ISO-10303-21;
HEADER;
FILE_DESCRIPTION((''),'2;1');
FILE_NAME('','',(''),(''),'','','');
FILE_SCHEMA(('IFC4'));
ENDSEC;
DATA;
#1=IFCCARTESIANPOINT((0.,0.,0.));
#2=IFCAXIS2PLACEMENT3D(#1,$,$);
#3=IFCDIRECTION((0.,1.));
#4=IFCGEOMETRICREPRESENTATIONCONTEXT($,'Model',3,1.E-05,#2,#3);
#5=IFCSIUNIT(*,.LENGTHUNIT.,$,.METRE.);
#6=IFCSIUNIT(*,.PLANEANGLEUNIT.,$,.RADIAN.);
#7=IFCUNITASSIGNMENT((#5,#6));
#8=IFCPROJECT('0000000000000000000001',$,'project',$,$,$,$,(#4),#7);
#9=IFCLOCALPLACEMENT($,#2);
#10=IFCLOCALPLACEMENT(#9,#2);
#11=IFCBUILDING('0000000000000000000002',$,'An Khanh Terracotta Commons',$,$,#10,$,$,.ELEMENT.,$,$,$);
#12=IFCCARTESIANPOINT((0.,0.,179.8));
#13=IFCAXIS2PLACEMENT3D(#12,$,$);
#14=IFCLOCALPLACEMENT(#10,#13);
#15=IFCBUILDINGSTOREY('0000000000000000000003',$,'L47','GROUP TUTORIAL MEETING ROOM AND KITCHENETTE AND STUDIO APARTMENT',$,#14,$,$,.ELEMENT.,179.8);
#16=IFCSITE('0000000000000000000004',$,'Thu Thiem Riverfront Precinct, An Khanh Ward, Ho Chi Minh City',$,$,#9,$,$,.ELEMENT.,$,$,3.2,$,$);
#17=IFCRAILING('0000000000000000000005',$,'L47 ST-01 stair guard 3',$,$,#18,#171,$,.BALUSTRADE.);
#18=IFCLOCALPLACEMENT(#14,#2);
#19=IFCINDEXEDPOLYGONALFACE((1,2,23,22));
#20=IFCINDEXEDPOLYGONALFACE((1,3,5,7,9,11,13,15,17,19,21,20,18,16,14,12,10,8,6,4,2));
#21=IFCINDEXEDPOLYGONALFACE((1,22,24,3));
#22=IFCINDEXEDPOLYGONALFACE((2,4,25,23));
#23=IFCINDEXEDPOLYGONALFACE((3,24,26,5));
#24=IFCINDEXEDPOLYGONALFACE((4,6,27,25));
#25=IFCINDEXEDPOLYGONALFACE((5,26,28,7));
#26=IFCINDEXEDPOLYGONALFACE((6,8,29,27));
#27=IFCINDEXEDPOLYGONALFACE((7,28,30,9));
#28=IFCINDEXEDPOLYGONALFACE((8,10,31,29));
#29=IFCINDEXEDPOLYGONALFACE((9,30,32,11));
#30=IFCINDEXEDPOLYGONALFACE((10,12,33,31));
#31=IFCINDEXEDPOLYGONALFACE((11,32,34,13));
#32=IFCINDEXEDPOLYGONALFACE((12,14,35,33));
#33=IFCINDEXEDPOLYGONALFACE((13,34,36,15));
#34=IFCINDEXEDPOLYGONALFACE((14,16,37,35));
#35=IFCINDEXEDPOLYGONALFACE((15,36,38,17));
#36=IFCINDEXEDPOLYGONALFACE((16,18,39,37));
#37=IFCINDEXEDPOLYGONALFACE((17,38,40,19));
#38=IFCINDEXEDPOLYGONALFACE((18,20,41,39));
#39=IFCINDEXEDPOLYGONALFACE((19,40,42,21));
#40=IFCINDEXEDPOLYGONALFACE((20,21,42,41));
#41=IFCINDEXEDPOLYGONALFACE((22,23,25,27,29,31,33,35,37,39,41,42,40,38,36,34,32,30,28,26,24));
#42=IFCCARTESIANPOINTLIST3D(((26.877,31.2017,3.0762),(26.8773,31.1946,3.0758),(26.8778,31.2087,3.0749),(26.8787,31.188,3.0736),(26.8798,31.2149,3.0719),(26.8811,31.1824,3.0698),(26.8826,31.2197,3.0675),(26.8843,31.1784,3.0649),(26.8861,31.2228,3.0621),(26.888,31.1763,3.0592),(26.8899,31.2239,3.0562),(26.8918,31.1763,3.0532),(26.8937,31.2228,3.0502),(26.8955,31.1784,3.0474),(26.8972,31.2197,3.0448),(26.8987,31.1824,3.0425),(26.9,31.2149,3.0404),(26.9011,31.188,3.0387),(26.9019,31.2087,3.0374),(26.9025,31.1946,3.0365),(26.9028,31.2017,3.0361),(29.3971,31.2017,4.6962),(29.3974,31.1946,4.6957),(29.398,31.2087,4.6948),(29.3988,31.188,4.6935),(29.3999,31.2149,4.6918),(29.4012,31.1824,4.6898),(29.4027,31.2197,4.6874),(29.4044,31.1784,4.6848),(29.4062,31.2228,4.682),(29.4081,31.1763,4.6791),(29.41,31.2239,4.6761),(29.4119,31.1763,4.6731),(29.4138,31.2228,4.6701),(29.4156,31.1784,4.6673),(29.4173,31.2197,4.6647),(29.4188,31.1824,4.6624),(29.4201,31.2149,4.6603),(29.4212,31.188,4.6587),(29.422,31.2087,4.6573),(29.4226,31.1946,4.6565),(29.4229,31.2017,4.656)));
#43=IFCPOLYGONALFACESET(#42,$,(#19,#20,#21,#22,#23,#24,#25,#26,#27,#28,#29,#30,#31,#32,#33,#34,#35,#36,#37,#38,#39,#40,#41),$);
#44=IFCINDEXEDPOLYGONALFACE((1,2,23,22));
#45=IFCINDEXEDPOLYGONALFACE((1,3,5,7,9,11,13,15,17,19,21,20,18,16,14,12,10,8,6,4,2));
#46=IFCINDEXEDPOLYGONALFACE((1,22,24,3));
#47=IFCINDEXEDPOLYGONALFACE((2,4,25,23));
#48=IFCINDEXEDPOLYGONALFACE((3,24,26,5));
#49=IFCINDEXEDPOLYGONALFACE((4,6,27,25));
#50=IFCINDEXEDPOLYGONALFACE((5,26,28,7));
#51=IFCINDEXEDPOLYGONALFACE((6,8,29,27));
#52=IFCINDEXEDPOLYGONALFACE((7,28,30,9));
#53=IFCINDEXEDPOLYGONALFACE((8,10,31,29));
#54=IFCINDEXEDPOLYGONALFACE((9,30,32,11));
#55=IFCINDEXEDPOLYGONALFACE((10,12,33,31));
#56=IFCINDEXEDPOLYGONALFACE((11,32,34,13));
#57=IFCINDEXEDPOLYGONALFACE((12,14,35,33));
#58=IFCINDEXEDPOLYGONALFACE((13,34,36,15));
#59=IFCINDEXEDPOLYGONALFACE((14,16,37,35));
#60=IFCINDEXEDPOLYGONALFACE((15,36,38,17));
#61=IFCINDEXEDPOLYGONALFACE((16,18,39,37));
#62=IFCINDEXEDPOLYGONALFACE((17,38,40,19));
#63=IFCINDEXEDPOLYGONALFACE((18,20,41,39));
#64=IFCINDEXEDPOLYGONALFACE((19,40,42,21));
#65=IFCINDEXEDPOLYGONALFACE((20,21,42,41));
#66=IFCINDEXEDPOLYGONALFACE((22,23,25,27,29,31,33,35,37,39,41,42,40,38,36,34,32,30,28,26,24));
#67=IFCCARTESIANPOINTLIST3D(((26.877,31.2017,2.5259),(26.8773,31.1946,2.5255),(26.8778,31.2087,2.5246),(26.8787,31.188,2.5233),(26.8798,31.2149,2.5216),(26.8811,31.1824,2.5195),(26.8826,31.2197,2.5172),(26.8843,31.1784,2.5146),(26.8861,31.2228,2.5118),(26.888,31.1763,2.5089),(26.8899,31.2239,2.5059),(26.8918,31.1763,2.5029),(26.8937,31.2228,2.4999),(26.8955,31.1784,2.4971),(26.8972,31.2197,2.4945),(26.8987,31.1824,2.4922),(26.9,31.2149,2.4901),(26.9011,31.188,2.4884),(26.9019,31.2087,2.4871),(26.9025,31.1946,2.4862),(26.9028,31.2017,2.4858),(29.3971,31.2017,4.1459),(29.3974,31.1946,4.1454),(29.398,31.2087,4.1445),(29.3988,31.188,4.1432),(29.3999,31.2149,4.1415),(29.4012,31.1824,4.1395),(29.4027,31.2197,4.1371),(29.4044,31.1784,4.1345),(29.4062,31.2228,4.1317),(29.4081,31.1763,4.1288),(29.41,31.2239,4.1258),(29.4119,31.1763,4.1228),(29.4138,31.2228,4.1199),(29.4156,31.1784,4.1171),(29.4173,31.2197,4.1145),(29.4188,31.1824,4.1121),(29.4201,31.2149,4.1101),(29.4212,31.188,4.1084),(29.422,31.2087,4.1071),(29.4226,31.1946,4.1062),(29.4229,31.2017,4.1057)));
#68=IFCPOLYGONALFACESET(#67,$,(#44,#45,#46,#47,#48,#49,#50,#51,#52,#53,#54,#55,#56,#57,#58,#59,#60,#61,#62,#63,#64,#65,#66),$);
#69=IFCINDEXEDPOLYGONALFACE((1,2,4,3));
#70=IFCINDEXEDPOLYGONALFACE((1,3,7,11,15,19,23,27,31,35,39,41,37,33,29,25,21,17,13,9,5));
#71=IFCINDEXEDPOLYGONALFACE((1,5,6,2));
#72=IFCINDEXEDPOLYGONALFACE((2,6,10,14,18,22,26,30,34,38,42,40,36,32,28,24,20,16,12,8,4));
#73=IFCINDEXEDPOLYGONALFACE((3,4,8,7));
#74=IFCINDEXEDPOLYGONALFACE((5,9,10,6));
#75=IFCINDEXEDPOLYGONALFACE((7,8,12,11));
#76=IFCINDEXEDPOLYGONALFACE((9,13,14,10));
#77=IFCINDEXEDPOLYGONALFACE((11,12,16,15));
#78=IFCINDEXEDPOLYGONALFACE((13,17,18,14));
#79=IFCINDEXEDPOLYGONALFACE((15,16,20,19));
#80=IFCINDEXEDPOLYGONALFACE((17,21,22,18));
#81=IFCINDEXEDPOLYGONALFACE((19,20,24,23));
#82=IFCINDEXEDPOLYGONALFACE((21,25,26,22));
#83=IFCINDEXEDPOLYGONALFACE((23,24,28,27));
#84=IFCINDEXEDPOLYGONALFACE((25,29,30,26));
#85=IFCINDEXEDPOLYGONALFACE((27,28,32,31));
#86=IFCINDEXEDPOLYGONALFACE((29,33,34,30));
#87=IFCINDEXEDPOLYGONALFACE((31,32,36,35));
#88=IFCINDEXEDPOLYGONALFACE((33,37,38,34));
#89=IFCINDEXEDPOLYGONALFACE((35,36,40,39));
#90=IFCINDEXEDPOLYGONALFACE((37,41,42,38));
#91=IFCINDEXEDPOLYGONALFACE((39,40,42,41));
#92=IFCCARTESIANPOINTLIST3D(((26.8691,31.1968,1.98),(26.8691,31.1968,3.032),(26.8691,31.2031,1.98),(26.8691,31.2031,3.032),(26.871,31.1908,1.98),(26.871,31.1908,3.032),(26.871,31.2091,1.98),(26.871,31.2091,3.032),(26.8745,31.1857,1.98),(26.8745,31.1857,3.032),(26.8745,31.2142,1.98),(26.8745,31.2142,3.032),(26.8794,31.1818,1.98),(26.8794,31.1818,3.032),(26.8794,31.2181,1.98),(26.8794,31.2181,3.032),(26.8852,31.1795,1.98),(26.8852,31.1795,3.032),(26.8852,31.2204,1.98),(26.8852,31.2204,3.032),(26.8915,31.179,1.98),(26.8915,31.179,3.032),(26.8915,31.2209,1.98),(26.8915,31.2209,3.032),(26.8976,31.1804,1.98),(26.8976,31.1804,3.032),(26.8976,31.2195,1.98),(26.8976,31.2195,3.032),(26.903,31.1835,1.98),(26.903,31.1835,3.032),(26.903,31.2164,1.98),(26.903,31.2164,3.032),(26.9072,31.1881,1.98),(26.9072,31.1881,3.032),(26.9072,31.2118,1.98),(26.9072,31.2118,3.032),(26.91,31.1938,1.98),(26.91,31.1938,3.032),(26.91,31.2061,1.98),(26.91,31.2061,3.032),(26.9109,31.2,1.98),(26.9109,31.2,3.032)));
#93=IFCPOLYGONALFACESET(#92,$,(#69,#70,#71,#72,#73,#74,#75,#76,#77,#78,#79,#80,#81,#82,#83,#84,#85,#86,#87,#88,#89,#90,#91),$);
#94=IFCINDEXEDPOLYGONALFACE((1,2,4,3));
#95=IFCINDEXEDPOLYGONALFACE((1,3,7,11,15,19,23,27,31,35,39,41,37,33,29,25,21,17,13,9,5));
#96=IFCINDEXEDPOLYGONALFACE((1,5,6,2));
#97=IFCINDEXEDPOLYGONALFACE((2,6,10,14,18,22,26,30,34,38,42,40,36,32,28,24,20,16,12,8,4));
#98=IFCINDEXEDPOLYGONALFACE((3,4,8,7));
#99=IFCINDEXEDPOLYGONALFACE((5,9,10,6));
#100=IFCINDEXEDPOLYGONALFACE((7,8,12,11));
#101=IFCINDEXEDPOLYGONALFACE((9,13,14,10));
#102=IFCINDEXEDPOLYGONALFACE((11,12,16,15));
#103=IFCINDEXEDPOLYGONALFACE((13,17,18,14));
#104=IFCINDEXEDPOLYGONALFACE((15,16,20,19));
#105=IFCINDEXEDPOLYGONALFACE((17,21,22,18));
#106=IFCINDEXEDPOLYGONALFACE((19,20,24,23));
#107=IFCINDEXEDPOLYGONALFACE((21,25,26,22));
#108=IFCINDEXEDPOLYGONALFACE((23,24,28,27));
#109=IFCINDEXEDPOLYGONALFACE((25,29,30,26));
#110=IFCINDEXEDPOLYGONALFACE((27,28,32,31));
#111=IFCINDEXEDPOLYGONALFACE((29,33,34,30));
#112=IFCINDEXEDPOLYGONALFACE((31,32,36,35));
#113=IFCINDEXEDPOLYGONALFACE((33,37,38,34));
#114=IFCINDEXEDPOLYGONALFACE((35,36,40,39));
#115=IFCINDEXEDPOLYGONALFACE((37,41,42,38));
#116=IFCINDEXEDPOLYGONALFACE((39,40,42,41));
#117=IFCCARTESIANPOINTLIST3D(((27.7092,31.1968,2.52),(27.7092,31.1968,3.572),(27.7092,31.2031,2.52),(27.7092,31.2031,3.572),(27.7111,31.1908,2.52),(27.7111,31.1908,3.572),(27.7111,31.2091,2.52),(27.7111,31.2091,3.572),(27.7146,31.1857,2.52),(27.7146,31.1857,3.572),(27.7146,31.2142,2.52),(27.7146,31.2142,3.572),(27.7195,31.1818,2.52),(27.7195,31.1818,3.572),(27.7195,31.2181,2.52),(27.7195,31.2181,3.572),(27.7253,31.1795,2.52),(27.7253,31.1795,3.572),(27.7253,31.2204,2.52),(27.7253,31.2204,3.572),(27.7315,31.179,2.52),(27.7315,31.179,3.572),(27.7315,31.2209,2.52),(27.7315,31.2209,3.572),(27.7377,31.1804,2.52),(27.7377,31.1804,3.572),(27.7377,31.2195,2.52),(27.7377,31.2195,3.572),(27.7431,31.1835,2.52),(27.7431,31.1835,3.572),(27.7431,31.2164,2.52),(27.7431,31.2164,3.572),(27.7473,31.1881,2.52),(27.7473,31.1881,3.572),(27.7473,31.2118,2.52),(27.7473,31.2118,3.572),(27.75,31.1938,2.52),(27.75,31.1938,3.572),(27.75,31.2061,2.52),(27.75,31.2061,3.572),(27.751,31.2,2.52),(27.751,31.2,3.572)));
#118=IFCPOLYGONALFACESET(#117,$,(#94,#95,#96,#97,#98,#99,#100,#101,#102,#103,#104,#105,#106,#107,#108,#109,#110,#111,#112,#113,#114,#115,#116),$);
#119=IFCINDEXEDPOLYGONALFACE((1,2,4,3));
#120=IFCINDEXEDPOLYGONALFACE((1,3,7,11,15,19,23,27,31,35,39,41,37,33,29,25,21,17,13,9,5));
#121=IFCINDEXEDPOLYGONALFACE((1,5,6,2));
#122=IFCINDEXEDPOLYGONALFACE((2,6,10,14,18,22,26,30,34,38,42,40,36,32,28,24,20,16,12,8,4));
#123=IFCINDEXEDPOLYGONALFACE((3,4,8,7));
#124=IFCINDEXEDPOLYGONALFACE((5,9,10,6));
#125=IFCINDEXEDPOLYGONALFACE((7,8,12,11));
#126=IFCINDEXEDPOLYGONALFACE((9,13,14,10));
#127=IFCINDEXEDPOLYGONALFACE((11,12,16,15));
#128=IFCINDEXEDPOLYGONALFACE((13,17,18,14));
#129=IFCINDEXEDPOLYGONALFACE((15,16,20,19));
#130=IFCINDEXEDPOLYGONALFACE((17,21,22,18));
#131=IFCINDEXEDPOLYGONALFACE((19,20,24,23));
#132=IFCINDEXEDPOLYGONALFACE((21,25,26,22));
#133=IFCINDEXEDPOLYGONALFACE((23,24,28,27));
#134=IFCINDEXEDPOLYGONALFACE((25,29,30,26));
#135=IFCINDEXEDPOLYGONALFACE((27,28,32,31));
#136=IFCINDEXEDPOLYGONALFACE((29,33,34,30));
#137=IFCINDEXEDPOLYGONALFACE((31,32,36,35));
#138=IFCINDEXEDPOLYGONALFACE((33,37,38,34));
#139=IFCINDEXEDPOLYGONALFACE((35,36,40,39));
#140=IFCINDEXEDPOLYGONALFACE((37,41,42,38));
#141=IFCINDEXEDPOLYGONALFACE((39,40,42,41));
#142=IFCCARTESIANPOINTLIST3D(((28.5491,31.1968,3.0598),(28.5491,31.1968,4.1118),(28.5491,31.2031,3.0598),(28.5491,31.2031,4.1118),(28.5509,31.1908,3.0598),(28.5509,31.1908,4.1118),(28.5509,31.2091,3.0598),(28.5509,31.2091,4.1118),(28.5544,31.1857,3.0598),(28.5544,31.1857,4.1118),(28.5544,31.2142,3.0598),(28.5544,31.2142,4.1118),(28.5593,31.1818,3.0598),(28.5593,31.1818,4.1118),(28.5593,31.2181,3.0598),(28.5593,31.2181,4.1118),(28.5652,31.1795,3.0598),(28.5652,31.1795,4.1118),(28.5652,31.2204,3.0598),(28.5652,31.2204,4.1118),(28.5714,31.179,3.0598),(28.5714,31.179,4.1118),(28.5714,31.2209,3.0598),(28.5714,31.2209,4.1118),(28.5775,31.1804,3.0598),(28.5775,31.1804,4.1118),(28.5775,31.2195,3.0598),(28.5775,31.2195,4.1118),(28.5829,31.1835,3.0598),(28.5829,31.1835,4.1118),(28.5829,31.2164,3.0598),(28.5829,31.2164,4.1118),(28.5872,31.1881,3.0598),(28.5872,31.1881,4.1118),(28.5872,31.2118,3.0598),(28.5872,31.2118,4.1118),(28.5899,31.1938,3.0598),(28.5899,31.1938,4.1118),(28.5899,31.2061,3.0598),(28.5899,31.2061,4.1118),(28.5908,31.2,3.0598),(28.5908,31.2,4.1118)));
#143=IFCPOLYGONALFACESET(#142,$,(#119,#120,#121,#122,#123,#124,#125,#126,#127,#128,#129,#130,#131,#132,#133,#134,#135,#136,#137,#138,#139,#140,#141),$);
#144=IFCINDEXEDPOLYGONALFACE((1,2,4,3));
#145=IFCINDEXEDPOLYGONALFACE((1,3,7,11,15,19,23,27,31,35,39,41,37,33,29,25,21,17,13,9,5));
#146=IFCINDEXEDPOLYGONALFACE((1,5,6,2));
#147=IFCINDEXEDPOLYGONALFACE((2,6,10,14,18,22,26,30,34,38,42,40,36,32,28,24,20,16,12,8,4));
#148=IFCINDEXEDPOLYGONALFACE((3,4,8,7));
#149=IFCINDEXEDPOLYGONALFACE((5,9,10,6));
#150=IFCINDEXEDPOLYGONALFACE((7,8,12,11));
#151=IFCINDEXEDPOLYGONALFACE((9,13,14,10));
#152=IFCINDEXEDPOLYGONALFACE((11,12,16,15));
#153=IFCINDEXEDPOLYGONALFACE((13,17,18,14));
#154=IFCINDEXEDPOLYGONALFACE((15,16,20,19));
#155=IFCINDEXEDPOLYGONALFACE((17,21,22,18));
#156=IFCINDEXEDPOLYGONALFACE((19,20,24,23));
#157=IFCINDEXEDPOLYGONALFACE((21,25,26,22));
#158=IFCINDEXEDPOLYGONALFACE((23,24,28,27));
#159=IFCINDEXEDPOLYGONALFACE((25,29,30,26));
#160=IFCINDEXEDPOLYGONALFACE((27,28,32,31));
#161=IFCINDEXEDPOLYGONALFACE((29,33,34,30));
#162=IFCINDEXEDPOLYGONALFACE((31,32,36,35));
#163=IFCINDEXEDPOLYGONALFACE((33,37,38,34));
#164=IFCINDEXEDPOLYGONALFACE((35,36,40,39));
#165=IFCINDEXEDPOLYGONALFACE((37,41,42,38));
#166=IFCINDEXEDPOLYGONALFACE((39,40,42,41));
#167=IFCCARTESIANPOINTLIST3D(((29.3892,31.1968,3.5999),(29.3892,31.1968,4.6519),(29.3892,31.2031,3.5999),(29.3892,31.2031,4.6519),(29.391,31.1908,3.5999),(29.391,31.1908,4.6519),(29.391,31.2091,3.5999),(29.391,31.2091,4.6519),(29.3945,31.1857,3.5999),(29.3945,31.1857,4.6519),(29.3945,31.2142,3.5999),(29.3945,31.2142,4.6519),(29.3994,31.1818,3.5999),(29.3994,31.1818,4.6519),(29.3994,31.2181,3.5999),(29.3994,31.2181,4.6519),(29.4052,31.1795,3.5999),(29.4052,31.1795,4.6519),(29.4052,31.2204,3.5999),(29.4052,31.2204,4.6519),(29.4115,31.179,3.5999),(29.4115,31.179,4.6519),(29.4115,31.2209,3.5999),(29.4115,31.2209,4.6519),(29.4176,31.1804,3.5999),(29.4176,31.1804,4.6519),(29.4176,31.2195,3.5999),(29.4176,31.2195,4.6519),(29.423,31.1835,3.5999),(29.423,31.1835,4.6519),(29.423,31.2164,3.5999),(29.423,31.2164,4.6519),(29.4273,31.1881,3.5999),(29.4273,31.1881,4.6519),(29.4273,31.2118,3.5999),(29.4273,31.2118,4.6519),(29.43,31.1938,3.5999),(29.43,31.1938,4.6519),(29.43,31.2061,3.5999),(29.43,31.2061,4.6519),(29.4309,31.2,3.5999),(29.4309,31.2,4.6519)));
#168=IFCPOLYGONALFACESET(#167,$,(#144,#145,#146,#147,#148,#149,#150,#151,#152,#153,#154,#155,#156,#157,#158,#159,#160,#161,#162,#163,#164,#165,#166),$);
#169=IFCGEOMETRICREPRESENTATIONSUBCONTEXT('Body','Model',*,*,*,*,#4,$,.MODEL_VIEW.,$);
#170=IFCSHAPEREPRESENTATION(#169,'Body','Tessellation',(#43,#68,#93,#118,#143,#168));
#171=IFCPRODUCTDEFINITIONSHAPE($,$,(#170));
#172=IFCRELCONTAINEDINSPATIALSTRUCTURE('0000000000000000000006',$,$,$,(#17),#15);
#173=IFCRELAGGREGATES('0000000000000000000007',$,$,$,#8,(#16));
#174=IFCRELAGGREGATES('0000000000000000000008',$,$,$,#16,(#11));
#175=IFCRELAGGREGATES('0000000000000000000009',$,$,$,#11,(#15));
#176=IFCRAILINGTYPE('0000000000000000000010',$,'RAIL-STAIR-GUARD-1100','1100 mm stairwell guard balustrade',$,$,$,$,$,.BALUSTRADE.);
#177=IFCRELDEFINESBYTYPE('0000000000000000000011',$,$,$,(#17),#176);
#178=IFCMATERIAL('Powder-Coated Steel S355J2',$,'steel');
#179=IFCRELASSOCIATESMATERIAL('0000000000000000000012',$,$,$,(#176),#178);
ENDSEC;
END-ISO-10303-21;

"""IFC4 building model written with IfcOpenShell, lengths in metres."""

from ifc_helpers import new_model, si_unit, direction, frame, origin, origin_2d, place, context, subcontext, project, spatial, circle, extrude, material, type_object, element, save


model = new_model("IFC4")

# Units and contexts
model_context = context("Model", 3, precision=1e-05, world=origin(), true_north=direction((0.0, 1.0)))
body_context = subcontext(model_context, "Body", "Model", "MODEL_VIEW")
ifc_project = project(units=[si_unit("LENGTHUNIT", "METRE"), si_unit("PLANEANGLEUNIT", "RADIAN")], contexts=[model_context])

# Site, building, storey
site_placement = place(None, origin())
site = spatial("IfcSite", under=ifc_project, at=site_placement, Name="Thu Thiem Riverfront Precinct, An Khanh Ward, Ho Chi Minh City", CompositionType="ELEMENT", RefElevation=3.2)
building_placement = place(site_placement, origin())
building = spatial("IfcBuilding", under=site, at=building_placement, Name="An Khanh Terracotta Commons", CompositionType="ELEMENT")
storey_placement = place(building_placement, frame((0.0, 0.0, 179.8)))
storey = spatial("IfcBuildingStorey", under=building, at=storey_placement, Name="L47", Description="GROUP TUTORIAL MEETING ROOM AND KITCHENETTE AND STUDIO APARTMENT", CompositionType="ELEMENT", Elevation=179.8)

# Railing
ifc_material_1 = material(Name="Powder-Coated Steel S355J2", Category="steel")
railing_type_1 = type_object("IfcRailingType", Name="RAIL-STAIR-GUARD-1100", Description="1100 mm stairwell guard balustrade", PredefinedType="BALUSTRADE", material=ifc_material_1)
railing_1_placement = place(storey_placement, frame((26.8899, 31.2, 1.98)))
element("IfcRailing", 1, at=railing_1_placement, inside=storey, type_object=railing_type_1, Name="L47 ST-01 stair guard 3", PredefinedType="BALUSTRADE", context=body_context, shape_type="SweptSolid", body=[
    extrude(circle(Radius=0.0239, at=origin_2d()), frame((0.0, 0.0, 1.0762), z_axis=(0.8412, 0.0, 0.540725), x_axis=(0.0, 1.0, 0.0)), (0.0, 0.0, 1.0), 2.9958),
    extrude(circle(Radius=0.0239, at=origin_2d()), frame((0.0, 0.0, 0.5259), z_axis=(0.8412, 0.0, 0.540725), x_axis=(0.0, 1.0, 0.0)), (0.0, 0.0, 1.0), 2.9958),
    extrude(circle(Radius=0.021, at=origin_2d()), origin(), (0.0, 0.0, 1.0), 1.052),
    extrude(circle(Radius=0.021, at=origin_2d()), frame((0.8401, 0.0, 0.54)), (0.0, 0.0, 1.0), 1.052),
    extrude(circle(Radius=0.021, at=origin_2d()), frame((1.6799, 0.0, 1.0798)), (0.0, 0.0, 1.0), 1.052),
    extrude(circle(Radius=0.021, at=origin_2d()), frame((2.52, 0.0, 1.6199)), (0.0, 0.0, 1.0), 1.052),
])

save(model, "model.ifc")
